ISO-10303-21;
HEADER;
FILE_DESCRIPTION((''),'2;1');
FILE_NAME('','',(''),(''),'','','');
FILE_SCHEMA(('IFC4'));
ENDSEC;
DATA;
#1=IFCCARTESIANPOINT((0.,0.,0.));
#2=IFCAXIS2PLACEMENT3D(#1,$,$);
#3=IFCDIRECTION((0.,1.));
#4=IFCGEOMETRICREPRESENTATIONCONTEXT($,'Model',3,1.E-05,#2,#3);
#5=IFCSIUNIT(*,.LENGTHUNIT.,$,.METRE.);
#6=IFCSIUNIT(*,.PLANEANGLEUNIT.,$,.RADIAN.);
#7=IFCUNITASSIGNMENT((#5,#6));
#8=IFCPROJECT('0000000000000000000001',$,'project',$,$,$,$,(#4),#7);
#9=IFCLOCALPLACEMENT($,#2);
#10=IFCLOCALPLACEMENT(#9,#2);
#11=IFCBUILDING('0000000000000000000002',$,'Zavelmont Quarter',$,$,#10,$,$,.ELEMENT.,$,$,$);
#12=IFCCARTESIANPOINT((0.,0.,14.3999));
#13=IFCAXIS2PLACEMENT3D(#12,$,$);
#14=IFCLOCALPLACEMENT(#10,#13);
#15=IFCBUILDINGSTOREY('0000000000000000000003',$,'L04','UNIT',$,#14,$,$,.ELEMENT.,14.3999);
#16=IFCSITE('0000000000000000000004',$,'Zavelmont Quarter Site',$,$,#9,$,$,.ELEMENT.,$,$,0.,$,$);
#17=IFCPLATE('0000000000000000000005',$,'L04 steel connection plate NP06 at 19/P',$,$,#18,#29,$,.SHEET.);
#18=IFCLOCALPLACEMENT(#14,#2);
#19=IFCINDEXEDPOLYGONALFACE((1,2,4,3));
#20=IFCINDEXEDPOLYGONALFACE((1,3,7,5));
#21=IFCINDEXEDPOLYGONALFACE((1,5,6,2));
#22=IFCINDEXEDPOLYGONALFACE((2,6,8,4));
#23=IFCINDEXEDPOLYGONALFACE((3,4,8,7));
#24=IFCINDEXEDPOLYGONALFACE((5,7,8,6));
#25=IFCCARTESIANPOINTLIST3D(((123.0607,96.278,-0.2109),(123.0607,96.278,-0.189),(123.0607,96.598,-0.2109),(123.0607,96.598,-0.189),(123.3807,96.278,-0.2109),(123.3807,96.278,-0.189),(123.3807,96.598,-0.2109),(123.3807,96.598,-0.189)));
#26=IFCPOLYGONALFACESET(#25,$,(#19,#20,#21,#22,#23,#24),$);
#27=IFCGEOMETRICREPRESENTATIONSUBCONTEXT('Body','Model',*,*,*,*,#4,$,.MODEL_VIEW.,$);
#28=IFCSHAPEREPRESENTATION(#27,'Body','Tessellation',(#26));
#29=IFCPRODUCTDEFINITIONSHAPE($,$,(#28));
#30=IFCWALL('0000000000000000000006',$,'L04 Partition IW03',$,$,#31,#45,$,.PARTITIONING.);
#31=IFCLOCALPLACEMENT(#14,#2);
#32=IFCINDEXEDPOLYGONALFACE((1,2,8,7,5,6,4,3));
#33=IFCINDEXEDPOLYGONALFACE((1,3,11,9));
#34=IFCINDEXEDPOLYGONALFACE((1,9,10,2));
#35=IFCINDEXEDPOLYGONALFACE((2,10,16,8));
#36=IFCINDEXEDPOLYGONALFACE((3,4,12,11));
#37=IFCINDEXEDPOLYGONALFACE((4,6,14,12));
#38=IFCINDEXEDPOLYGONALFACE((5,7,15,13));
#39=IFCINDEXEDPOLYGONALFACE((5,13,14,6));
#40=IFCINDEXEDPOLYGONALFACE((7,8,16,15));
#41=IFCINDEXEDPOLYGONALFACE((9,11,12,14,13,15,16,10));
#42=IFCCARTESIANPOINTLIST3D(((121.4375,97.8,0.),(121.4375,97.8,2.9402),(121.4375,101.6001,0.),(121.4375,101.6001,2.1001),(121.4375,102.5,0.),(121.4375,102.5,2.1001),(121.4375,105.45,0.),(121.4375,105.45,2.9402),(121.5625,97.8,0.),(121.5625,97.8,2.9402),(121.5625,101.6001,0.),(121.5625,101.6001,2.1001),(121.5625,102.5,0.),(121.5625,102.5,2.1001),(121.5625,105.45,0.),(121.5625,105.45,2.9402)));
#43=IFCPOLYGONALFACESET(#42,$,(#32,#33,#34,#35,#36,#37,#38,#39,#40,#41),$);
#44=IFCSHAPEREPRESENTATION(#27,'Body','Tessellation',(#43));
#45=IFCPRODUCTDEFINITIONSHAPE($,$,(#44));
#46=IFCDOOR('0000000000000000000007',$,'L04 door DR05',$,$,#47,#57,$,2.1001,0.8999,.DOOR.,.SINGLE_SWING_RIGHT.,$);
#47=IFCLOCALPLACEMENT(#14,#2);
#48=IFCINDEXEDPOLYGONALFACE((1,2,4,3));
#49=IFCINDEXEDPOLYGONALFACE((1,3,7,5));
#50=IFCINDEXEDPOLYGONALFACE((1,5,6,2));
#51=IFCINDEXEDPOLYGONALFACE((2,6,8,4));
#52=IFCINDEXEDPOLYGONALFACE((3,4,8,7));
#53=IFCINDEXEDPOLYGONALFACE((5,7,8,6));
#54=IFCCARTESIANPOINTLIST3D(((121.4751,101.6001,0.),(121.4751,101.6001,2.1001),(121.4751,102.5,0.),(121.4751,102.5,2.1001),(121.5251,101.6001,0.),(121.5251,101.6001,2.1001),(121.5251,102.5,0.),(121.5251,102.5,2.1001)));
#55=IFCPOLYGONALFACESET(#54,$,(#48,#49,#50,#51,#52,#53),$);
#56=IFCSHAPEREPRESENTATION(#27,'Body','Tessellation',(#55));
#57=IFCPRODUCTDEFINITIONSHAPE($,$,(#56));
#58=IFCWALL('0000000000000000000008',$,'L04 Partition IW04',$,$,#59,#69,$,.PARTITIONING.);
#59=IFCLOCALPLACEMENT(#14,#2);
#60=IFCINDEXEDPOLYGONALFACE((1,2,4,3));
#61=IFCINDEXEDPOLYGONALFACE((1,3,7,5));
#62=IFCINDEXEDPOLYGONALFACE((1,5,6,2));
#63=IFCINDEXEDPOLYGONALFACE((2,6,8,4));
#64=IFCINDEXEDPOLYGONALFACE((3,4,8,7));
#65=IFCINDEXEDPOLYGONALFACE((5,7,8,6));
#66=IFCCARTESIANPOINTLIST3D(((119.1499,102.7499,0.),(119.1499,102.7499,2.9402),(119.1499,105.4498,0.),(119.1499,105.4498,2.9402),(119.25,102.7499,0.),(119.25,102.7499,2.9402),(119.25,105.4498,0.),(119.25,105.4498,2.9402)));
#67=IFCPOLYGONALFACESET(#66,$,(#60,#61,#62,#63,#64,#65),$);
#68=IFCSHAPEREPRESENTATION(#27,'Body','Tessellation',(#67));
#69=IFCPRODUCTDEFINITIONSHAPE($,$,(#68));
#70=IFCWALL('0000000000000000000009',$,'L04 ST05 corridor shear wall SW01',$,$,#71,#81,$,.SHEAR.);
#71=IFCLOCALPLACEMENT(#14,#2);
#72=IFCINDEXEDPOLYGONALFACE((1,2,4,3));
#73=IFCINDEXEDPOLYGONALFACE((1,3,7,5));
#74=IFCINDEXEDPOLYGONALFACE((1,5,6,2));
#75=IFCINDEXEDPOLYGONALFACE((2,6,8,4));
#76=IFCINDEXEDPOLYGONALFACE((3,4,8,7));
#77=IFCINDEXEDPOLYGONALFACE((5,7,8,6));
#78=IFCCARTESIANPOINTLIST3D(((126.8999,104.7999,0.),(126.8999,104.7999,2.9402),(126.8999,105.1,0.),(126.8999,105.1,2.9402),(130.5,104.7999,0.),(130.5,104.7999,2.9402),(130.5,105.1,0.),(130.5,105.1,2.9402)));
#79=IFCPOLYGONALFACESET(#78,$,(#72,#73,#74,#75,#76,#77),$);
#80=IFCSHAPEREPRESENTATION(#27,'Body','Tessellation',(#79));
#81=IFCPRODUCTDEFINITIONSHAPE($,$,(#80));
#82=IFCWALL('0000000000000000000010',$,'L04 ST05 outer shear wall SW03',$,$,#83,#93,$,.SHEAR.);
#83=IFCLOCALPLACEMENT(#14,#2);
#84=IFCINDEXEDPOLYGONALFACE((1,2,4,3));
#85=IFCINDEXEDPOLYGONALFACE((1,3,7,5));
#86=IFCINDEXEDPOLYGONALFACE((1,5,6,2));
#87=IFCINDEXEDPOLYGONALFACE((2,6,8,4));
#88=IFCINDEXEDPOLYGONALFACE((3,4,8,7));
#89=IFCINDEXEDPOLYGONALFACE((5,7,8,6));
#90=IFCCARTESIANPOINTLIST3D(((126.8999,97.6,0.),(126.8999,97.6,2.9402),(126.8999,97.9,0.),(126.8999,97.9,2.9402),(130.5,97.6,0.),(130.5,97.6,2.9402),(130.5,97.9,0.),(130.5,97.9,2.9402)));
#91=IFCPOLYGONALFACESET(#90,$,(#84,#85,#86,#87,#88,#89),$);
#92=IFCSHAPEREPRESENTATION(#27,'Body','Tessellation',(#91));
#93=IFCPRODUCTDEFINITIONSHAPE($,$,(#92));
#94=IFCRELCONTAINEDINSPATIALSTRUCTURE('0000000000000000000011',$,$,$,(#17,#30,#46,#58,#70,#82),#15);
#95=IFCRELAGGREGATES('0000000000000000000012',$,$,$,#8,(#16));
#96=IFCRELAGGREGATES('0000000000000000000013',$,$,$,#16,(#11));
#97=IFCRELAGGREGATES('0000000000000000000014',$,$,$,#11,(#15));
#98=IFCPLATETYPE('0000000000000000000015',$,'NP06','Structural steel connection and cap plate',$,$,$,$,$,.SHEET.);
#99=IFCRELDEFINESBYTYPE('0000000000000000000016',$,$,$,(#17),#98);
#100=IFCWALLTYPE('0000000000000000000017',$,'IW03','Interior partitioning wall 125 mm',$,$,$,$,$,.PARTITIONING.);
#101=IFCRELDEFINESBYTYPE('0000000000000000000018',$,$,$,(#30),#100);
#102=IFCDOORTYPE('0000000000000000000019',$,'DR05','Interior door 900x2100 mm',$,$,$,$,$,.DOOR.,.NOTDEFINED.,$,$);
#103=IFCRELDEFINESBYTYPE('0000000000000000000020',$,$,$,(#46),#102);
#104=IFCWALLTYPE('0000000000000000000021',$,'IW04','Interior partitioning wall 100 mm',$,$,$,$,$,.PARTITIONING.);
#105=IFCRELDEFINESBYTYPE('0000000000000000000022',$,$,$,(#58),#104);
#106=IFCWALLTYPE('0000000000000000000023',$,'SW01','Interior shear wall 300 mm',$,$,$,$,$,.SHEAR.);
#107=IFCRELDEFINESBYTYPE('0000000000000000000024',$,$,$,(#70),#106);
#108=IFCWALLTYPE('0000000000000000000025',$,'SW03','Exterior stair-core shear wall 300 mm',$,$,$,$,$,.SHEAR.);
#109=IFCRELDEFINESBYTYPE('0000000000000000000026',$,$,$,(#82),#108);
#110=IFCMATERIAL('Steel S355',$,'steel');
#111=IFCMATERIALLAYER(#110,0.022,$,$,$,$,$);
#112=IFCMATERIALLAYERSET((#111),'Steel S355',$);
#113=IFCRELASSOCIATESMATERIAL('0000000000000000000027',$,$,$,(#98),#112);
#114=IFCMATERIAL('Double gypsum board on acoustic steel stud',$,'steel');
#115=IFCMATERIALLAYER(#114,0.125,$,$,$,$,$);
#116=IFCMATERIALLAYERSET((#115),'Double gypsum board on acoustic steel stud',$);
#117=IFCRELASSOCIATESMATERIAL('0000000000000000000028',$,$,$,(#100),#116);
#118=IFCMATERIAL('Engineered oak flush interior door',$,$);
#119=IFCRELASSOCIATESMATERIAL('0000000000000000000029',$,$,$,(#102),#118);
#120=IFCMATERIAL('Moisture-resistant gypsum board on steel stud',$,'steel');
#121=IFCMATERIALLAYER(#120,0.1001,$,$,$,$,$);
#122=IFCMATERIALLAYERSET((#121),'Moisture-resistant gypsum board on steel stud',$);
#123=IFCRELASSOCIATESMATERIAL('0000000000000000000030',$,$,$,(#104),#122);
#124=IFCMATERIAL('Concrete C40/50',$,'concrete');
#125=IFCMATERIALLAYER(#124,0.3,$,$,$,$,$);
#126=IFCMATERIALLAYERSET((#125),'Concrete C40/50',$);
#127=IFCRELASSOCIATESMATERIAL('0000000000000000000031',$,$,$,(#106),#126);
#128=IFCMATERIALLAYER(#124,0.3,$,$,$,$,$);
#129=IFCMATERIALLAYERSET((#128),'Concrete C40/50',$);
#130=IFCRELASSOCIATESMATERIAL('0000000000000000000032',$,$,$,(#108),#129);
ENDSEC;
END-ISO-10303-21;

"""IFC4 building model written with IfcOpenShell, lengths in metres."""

from ifc_helpers import new_model, si_unit, direction, frame, frame_2d, origin, origin_2d, place, context, subcontext, project, spatial, rectangle, extrude, material, layer, layer_set, type_object, element, fill, save


model = new_model("IFC4")

# Units and contexts
model_context = context("Model", 3, precision=1e-05, world=origin(), true_north=direction((0.0, 1.0)))
body_context = subcontext(model_context, "Body", "Model", "MODEL_VIEW")
ifc_project = project(units=[si_unit("LENGTHUNIT", "METRE"), si_unit("PLANEANGLEUNIT", "RADIAN")], contexts=[model_context])

# Site, building, storey
site_placement = place(None, origin())
site = spatial("IfcSite", under=ifc_project, at=site_placement, Name="Zavelmont Quarter Site", CompositionType="ELEMENT", RefElevation=0.0)
building_placement = place(site_placement, origin())
building = spatial("IfcBuilding", under=site, at=building_placement, Name="Zavelmont Quarter", CompositionType="ELEMENT")
storey_placement = place(building_placement, frame((0.0, 0.0, 14.3999)))
storey = spatial("IfcBuildingStorey", under=building, at=storey_placement, Name="L04", Description="UNIT", CompositionType="ELEMENT", Elevation=14.3999)

# Shared definitions
ifc_material_1 = material(Name="Steel S355", Category="steel")
ifc_material_2 = material(Name="Concrete C40/50", Category="concrete")

# Plate
ifc_layer_1 = layer(ifc_material_1, 0.022)
ifc_layer_set_1 = layer_set([ifc_layer_1], Name="Steel S355")
plate_type = type_object("IfcPlateType", Name="NP06", Description="Structural steel connection and cap plate", PredefinedType="SHEET", material=ifc_layer_set_1)
plate_placement = place(storey_placement, frame((123.2207, 96.438, -0.2109), z_axis=(0.0, 0.0, 1.0), x_axis=(1.0, 0.0, 0.0)))
element("IfcPlate", 1, at=plate_placement, inside=storey, type_object=plate_type, Name="L04 steel connection plate NP06 at 19/P", PredefinedType="SHEET", context=body_context, shape_type="SweptSolid", body=[
    extrude(rectangle(XDim=0.3201, YDim=0.3201, at=origin_2d()), origin(), (0.0, 0.0, 1.0), 0.022),
])

# Wall, opening, door
ifc_material_3 = material(Name="Double gypsum board on acoustic steel stud", Category="steel")
ifc_layer_2 = layer(ifc_material_3, 0.125)
ifc_layer_set_2 = layer_set([ifc_layer_2], Name="Double gypsum board on acoustic steel stud")
wall_type_1 = type_object("IfcWallType", Name="IW03", Description="Interior partitioning wall 125 mm", PredefinedType="PARTITIONING", material=ifc_layer_set_2)
wall_1_placement = place(storey_placement, frame((121.5, 105.45, 0.0), z_axis=(0.0, 0.0, 1.0), x_axis=(0.0, -1.0, 0.0)))
wall_1 = element("IfcWall", 2, at=wall_1_placement, inside=storey, type_object=wall_type_1, Name="L04 Partition IW03", PredefinedType="PARTITIONING", context=body_context, shape_type="SweptSolid", body=[
    extrude(rectangle(XDim=7.6499, YDim=0.125, at=frame_2d((3.825, 0.0))), origin(), (0.0, 0.0, 1.0), 2.9402),
])
opening_placement = place(wall_1_placement, frame((2.95, 0.0, 0.0)))
opening = element("IfcOpeningElement", 3, at=opening_placement, cuts=wall_1, PredefinedType="OPENING", context=body_context, shape_type="SweptSolid", body=[
    extrude(rectangle(XDim=0.8999, YDim=2.1001, at=frame_2d((0.45, 1.05))), frame((0.0, 0.0745, 0.0), z_axis=(0.0, -1.0, 0.0), x_axis=(1.0, 0.0, 0.0)), (0.0, 0.0, 1.0), 0.1489),
])
ifc_material_4 = material(Name="Engineered oak flush interior door")
door_type = type_object("IfcDoorType", Name="DR05", Description="Interior door 900x2100 mm", OperationType="NOTDEFINED", PredefinedType="DOOR", material=ifc_material_4)
door_placement = place(opening_placement, frame((0.8999, 0.0, 0.0), z_axis=(0.0, 0.0, 1.0), x_axis=(-1.0, 0.0, 0.0)))
door = element("IfcDoor", 4, at=door_placement, inside=storey, type_object=door_type, Name="L04 door DR05", OperationType="SINGLE_SWING_RIGHT", OverallHeight=2.1001, OverallWidth=0.8999, PredefinedType="DOOR", context=body_context, shape_type="SweptSolid", body=[
    extrude(rectangle(XDim=0.8999, YDim=2.1001, at=frame_2d((0.45, 1.05))), frame((0.0, 0.0249, 0.0), z_axis=(0.0, -1.0, 0.0), x_axis=(1.0, 0.0, 0.0)), (0.0, 0.0, 1.0), 0.05),
])
fill(opening, door)

# Walls
ifc_material_5 = material(Name="Moisture-resistant gypsum board on steel stud", Category="steel")
ifc_layer_3 = layer(ifc_material_5, 0.1001)
ifc_layer_set_3 = layer_set([ifc_layer_3], Name="Moisture-resistant gypsum board on steel stud")
wall_type_2 = type_object("IfcWallType", Name="IW04", Description="Interior partitioning wall 100 mm", PredefinedType="PARTITIONING", material=ifc_layer_set_3)
wall_2_placement = place(storey_placement, frame((119.2, 105.45, 0.0), z_axis=(0.0, 0.0, 1.0), x_axis=(0.0, -1.0, 0.0)))
element("IfcWall", 5, at=wall_2_placement, inside=storey, type_object=wall_type_2, Name="L04 Partition IW04", PredefinedType="PARTITIONING", context=body_context, shape_type="SweptSolid", body=[
    extrude(rectangle(XDim=2.7, YDim=0.1001, at=frame_2d((1.3501, 0.0))), origin(), (0.0, 0.0, 1.0), 2.9402),
])
ifc_layer_4 = layer(ifc_material_2, 0.3)
ifc_layer_set_4 = layer_set([ifc_layer_4], Name="Concrete C40/50")
wall_type_3 = type_object("IfcWallType", Name="SW01", Description="Interior shear wall 300 mm", PredefinedType="SHEAR", material=ifc_layer_set_4)
wall_3_placement = place(storey_placement, frame((126.8999, 104.95, 0.0), z_axis=(0.0, 0.0, 1.0), x_axis=(1.0, 0.0, 0.0)))
element("IfcWall", 6, at=wall_3_placement, inside=storey, type_object=wall_type_3, Name="L04 ST05 corridor shear wall SW01", PredefinedType="SHEAR", context=body_context, shape_type="SweptSolid", body=[
    extrude(rectangle(XDim=3.6001, YDim=0.3, at=frame_2d((1.8, 0.0))), origin(), (0.0, 0.0, 1.0), 2.9402),
])
ifc_layer_5 = layer(ifc_material_2, 0.3)
ifc_layer_set_5 = layer_set([ifc_layer_5], Name="Concrete C40/50")
wall_type_4 = type_object("IfcWallType", Name="SW03", Description="Exterior stair-core shear wall 300 mm", PredefinedType="SHEAR", material=ifc_layer_set_5)
wall_4_placement = place(storey_placement, frame((126.8999, 97.75, 0.0), z_axis=(0.0, 0.0, 1.0), x_axis=(1.0, 0.0, 0.0)))
element("IfcWall", 7, at=wall_4_placement, inside=storey, type_object=wall_type_4, Name="L04 ST05 outer shear wall SW03", PredefinedType="SHEAR", context=body_context, shape_type="SweptSolid", body=[
    extrude(rectangle(XDim=3.6001, YDim=0.3, at=frame_2d((1.8, 0.0))), origin(), (0.0, 0.0, 1.0), 2.9402),
])

save(model, "model.ifc")
